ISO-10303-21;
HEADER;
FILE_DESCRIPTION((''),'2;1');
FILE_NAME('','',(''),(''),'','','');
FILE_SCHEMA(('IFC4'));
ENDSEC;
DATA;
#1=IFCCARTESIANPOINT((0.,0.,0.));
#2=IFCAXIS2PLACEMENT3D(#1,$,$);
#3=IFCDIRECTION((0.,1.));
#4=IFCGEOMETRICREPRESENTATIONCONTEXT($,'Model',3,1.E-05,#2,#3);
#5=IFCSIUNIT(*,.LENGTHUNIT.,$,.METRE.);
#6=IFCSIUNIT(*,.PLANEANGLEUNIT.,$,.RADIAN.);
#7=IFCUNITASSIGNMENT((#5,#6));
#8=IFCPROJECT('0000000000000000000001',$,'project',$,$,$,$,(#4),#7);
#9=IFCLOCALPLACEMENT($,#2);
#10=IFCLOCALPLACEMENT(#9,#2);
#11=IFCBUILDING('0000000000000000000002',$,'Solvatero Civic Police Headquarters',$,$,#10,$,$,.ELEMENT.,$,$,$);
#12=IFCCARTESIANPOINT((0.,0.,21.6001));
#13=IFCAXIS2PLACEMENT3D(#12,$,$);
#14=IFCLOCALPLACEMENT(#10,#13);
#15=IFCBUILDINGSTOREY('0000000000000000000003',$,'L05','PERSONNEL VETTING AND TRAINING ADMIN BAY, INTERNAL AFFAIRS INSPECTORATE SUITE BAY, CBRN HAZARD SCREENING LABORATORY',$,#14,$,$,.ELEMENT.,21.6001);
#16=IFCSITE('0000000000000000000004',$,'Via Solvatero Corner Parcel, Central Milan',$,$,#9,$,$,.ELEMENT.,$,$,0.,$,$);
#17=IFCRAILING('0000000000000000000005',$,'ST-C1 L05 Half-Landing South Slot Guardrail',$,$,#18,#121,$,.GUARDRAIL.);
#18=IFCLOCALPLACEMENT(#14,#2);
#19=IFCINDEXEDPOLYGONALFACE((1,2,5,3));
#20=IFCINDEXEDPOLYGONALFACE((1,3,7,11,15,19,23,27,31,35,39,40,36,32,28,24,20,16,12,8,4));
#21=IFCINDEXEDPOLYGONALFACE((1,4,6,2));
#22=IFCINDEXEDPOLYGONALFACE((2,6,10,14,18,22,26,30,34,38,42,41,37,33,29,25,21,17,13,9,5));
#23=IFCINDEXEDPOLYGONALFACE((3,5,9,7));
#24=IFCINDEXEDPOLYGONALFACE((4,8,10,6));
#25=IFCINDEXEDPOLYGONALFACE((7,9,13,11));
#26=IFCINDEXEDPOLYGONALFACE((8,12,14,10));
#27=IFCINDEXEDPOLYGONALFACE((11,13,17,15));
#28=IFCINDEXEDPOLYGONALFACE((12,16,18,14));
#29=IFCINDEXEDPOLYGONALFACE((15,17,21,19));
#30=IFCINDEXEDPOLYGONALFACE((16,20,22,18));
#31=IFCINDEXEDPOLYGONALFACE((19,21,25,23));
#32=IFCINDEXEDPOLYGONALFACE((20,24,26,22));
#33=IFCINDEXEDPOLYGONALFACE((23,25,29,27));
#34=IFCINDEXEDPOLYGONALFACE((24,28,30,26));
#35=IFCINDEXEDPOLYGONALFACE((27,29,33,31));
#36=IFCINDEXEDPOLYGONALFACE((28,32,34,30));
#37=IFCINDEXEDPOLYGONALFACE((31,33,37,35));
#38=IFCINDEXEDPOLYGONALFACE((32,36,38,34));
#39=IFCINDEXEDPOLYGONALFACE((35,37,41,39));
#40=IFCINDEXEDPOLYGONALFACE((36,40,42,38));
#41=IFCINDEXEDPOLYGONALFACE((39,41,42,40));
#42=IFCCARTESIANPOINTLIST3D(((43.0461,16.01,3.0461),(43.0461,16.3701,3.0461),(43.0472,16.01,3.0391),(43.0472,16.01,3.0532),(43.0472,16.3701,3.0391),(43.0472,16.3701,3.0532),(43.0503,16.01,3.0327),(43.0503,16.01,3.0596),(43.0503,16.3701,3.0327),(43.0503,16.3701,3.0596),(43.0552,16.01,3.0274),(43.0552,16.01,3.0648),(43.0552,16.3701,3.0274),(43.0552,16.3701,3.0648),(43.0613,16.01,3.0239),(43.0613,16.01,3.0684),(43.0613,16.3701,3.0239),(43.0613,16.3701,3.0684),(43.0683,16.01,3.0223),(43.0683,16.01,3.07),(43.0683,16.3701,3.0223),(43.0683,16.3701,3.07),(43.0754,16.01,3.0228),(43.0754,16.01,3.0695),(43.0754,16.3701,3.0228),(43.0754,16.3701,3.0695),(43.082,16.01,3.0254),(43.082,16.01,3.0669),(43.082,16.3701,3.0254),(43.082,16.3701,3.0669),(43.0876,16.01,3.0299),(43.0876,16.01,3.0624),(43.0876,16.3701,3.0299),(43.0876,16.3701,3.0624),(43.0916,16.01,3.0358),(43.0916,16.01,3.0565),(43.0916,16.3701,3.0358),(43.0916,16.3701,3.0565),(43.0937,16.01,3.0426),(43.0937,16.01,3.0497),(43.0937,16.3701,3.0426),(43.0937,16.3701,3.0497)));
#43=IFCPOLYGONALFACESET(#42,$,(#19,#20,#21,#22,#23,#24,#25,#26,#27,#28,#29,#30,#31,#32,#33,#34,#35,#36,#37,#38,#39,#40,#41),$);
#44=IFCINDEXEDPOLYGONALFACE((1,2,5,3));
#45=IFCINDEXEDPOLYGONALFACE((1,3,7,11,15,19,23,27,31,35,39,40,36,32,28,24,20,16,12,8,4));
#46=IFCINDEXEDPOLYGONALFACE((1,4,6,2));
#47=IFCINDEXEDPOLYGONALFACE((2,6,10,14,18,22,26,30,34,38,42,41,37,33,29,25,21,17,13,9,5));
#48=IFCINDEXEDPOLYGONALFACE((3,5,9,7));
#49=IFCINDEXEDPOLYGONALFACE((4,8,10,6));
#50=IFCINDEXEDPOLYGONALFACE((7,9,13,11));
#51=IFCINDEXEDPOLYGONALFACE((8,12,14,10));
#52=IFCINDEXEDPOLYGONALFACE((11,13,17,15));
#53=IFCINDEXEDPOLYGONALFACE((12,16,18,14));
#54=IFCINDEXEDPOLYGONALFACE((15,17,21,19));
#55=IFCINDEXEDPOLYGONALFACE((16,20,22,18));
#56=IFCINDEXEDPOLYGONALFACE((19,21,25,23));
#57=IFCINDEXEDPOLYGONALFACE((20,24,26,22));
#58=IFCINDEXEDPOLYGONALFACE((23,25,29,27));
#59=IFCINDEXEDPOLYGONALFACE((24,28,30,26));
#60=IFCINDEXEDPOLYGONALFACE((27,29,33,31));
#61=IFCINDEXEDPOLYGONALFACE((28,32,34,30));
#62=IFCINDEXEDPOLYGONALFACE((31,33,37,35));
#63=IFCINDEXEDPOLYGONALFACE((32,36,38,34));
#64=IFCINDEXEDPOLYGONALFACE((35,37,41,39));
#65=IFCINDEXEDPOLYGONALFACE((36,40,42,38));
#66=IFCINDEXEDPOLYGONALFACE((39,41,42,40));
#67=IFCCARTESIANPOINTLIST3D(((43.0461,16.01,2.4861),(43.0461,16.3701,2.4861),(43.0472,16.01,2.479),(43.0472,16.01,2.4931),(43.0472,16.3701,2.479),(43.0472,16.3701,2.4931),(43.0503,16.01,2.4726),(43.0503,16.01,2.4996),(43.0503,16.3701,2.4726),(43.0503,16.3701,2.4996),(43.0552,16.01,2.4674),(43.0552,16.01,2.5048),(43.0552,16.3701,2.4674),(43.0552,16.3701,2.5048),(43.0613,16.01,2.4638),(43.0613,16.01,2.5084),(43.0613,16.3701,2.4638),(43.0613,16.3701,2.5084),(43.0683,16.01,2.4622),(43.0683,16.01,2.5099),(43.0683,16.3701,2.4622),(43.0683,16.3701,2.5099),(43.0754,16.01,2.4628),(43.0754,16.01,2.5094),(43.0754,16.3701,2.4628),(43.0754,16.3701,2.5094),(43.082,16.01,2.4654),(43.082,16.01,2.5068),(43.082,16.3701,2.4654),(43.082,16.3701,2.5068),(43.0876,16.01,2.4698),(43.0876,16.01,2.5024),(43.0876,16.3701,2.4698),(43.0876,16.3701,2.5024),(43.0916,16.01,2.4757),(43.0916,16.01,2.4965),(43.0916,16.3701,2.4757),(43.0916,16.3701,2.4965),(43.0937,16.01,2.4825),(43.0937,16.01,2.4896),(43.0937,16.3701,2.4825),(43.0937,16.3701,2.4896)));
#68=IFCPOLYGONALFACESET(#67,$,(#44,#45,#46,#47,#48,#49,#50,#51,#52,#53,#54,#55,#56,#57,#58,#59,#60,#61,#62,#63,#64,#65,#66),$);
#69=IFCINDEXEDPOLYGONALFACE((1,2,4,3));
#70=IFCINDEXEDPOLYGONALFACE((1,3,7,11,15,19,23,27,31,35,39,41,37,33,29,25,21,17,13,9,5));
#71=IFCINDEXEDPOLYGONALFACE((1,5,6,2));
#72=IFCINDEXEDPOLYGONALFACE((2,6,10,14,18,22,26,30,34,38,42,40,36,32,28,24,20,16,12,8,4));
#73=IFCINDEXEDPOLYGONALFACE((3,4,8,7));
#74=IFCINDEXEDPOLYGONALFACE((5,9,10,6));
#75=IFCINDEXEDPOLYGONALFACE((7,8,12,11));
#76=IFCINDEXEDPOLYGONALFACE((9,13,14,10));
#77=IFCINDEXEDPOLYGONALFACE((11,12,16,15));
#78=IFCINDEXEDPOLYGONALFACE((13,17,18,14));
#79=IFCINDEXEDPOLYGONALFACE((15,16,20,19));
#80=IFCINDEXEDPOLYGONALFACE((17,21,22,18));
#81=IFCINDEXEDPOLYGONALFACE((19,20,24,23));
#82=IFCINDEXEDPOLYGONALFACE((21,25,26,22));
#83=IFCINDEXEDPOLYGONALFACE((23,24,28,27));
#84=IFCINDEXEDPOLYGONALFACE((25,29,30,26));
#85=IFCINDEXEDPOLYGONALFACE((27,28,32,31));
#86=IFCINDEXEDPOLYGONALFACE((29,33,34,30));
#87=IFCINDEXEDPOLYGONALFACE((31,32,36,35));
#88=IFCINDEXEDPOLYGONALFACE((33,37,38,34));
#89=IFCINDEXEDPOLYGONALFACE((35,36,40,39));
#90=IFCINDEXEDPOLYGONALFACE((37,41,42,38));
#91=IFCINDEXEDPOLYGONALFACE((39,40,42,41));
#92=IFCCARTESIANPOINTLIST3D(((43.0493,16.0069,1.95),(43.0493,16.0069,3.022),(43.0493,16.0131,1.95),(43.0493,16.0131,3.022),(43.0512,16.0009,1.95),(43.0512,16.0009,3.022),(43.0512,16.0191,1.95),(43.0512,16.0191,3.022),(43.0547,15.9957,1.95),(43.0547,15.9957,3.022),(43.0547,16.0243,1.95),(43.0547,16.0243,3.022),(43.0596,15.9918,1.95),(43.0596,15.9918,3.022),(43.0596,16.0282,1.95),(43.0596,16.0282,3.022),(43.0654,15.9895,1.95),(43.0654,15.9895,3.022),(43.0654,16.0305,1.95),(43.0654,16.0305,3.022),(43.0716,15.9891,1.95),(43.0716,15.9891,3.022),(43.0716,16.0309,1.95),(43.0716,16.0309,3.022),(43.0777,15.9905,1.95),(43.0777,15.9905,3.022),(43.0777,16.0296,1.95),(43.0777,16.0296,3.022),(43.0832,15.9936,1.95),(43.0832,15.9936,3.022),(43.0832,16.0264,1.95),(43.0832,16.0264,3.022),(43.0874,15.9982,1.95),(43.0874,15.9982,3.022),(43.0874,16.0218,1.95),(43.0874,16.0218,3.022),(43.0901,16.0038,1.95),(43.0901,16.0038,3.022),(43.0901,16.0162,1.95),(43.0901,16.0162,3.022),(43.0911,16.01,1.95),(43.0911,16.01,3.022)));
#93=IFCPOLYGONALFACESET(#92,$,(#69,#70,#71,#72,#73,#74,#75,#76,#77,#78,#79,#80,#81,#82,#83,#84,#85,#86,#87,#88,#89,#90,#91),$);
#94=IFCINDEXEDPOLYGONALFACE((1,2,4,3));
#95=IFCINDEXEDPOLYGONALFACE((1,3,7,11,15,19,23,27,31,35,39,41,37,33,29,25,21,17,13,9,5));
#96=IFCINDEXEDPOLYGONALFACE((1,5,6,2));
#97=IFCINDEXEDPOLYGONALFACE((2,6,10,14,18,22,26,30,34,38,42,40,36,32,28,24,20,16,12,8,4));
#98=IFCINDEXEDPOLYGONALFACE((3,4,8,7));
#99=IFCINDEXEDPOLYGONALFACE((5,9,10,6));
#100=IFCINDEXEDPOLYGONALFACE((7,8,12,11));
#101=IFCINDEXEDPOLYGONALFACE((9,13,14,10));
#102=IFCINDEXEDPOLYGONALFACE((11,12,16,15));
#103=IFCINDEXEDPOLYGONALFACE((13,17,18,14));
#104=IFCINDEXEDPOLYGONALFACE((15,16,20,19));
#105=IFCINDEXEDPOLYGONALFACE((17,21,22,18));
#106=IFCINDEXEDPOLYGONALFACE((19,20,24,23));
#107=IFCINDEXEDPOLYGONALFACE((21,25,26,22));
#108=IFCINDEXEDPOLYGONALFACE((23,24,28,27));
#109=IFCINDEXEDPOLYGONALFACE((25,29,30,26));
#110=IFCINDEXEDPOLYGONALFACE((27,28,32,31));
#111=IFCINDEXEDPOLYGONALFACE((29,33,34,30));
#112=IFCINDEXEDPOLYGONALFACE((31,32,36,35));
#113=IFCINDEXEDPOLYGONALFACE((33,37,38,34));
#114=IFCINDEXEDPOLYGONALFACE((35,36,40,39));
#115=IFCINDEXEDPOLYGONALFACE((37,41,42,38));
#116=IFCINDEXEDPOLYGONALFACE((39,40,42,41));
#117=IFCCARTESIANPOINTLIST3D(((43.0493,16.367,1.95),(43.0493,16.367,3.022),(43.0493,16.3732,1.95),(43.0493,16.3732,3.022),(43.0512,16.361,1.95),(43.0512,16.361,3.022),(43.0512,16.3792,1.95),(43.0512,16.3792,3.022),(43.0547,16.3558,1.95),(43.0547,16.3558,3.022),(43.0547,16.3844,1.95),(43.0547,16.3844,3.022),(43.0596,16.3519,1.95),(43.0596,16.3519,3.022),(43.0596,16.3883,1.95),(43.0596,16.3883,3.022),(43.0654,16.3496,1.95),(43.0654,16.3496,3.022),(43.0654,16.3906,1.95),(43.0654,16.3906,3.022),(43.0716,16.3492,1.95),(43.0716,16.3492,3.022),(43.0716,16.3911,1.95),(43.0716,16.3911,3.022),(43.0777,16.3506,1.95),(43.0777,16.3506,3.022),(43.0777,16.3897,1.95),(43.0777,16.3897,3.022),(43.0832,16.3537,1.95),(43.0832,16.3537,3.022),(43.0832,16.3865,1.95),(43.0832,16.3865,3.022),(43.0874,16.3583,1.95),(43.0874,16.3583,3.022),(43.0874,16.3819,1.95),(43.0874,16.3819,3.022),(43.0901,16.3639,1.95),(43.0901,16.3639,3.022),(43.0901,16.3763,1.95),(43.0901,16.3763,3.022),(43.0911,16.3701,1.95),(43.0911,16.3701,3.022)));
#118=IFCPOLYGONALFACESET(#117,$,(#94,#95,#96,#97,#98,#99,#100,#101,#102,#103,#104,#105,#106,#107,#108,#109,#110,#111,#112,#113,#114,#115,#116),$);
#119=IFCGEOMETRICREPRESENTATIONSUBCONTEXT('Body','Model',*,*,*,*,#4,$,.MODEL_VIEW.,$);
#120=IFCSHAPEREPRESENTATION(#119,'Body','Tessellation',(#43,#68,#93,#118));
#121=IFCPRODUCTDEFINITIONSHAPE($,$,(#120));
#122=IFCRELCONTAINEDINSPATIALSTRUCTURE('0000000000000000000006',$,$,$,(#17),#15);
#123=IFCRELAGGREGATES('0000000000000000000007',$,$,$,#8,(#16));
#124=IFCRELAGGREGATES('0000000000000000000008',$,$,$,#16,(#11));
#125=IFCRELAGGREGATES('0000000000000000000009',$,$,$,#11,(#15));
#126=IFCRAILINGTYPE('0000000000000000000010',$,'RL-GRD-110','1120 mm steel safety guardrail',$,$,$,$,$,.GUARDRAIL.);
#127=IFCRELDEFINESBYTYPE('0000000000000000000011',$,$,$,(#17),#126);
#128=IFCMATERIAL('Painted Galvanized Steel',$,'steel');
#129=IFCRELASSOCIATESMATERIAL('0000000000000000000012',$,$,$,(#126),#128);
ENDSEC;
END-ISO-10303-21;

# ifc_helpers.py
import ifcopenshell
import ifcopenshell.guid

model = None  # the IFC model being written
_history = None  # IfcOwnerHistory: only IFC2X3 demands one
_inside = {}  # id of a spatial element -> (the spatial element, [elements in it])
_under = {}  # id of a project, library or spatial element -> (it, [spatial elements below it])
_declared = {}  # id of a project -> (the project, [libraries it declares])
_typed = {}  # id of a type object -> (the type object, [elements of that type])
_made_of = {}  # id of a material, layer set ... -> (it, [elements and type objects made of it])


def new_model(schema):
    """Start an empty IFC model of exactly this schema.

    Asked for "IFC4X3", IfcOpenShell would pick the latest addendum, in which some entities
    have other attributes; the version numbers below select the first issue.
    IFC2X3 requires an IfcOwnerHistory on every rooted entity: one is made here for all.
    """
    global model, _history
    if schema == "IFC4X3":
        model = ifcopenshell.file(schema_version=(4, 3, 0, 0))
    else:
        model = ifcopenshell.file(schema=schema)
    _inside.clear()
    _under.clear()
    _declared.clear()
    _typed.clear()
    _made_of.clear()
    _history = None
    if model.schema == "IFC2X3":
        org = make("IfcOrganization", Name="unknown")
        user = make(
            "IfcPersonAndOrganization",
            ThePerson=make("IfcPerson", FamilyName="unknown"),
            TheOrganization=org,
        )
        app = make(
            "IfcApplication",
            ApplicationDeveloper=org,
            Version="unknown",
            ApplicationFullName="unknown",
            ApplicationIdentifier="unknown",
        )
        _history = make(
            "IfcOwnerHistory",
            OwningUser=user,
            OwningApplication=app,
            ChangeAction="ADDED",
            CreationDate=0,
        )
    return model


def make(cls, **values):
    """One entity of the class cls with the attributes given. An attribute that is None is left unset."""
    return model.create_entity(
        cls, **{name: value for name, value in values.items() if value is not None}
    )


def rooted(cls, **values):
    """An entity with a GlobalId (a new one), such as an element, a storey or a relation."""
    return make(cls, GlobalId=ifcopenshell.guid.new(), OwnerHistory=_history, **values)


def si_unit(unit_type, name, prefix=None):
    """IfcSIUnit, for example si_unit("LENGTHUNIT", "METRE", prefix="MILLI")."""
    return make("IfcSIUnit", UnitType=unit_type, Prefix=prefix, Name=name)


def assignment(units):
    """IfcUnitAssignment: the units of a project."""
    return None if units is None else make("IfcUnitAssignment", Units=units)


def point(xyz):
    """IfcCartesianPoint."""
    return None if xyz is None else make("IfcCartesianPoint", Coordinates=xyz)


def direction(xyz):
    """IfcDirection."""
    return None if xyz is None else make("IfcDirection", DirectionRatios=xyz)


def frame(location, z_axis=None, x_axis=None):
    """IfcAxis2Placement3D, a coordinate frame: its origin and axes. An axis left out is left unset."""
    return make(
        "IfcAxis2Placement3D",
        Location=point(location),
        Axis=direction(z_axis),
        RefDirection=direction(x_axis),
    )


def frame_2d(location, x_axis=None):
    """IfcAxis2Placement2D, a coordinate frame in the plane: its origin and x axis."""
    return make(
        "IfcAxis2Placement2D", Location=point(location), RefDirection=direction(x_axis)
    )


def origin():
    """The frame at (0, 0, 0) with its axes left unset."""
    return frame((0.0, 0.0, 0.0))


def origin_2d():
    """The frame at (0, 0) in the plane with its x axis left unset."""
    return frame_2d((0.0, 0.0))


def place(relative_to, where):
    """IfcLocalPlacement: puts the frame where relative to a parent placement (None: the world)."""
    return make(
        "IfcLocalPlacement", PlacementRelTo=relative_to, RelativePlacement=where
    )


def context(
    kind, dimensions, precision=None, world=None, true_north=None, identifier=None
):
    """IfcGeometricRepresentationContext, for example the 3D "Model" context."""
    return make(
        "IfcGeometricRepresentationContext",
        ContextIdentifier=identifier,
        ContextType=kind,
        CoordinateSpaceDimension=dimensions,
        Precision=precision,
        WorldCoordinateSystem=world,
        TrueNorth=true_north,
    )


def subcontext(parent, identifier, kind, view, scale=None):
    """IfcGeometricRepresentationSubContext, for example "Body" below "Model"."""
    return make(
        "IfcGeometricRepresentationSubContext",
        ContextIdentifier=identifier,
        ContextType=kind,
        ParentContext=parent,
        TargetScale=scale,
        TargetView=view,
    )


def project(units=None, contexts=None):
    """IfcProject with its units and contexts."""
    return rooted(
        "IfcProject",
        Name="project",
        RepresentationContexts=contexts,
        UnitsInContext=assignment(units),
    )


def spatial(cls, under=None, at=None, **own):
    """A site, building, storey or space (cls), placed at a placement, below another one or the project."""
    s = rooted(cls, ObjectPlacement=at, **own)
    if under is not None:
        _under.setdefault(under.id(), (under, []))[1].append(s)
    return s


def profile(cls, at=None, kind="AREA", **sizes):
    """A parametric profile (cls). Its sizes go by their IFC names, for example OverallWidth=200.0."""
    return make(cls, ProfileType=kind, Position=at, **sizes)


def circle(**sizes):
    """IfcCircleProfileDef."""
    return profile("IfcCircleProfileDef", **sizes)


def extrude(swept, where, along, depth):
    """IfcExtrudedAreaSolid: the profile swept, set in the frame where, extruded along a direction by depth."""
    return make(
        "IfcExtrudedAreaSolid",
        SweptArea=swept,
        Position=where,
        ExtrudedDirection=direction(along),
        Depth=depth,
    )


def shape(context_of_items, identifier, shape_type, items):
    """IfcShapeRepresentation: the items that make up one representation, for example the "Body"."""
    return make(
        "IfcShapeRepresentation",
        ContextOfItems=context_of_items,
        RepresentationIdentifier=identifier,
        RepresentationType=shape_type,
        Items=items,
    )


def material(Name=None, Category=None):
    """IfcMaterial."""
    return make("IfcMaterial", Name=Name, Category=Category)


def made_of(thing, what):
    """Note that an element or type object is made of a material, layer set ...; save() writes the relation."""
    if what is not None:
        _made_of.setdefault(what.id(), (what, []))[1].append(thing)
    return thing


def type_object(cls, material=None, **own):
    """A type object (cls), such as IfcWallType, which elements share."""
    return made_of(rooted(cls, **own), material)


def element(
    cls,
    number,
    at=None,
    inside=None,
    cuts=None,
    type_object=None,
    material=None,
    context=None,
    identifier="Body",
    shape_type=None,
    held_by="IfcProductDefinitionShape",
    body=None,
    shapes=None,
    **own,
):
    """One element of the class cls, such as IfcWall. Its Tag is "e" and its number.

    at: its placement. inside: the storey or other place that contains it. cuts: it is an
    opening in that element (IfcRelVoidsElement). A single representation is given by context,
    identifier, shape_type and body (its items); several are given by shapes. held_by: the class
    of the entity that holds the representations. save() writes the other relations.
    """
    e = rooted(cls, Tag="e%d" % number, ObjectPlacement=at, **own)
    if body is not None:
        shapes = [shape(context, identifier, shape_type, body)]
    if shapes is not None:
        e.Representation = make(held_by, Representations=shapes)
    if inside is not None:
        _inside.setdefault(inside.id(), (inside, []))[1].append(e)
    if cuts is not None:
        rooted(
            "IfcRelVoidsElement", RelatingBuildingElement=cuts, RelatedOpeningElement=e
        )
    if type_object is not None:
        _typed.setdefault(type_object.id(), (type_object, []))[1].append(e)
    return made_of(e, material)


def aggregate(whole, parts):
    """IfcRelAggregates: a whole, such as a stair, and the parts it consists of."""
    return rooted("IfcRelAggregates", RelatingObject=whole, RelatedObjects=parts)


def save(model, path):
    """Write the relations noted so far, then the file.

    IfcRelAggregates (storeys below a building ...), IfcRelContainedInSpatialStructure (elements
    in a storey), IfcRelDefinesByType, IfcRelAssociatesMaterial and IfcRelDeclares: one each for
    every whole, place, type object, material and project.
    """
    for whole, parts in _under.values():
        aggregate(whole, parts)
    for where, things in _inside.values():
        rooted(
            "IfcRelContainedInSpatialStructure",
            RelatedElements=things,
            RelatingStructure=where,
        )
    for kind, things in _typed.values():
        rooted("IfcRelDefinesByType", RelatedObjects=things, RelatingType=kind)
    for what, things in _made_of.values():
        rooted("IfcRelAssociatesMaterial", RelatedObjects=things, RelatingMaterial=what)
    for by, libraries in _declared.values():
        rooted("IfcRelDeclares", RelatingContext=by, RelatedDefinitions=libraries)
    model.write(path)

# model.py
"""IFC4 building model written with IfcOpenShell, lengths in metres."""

from ifc_helpers import new_model, si_unit, direction, frame, origin, origin_2d, place, context, subcontext, project, spatial, circle, extrude, material, type_object, element, save


model = new_model("IFC4")

# Units and contexts
model_context = context("Model", 3, precision=1e-05, world=origin(), true_north=direction((0.0, 1.0)))
body_context = subcontext(model_context, "Body", "Model", "MODEL_VIEW")
ifc_project = project(units=[si_unit("LENGTHUNIT", "METRE"), si_unit("PLANEANGLEUNIT", "RADIAN")], contexts=[model_context])

# Site, building, storey
site_placement = place(None, origin())
site = spatial("IfcSite", under=ifc_project, at=site_placement, Name="Via Solvatero Corner Parcel, Central Milan", CompositionType="ELEMENT", RefElevation=0.0)
building_placement = place(site_placement, origin())
building = spatial("IfcBuilding", under=site, at=building_placement, Name="Solvatero Civic Police Headquarters", CompositionType="ELEMENT")
storey_placement = place(building_placement, frame((0.0, 0.0, 21.6001)))
storey = spatial("IfcBuildingStorey", under=building, at=storey_placement, Name="L05", Description="PERSONNEL VETTING AND TRAINING ADMIN BAY, INTERNAL AFFAIRS INSPECTORATE SUITE BAY, CBRN HAZARD SCREENING LABORATORY", CompositionType="ELEMENT", Elevation=21.6001)

# Railing
ifc_material_1 = material(Name="Painted Galvanized Steel", Category="steel")
railing_type_1 = type_object("IfcRailingType", Name="RL-GRD-110", Description="1120 mm steel safety guardrail", PredefinedType="GUARDRAIL", material=ifc_material_1)
railing_1_placement = place(storey_placement, frame((43.0701, 16.01, 1.95)))
element("IfcRailing", 1, at=railing_1_placement, inside=storey, type_object=railing_type_1, Name="ST-C1 L05 Half-Landing South Slot Guardrail", PredefinedType="GUARDRAIL", context=body_context, shape_type="SweptSolid", body=[
    extrude(circle(Radius=0.0239, at=origin_2d()), frame((0.0, 0.0, 1.0962), z_axis=(0.0, 1.0, 0.0), x_axis=(-1.0, 0.0, 0.0)), (0.0, 0.0, 1.0), 0.3601),
    extrude(circle(Radius=0.0239, at=origin_2d()), frame((0.0, 0.0, 0.5361), z_axis=(0.0, 1.0, 0.0), x_axis=(-1.0, 0.0, 0.0)), (0.0, 0.0, 1.0), 0.3601),
    extrude(circle(Radius=0.021, at=origin_2d()), origin(), (0.0, 0.0, 1.0), 1.072),
    extrude(circle(Radius=0.021, at=origin_2d()), frame((0.0, 0.3601, 0.0)), (0.0, 0.0, 1.0), 1.072),
])

save(model, "model.ifc")
